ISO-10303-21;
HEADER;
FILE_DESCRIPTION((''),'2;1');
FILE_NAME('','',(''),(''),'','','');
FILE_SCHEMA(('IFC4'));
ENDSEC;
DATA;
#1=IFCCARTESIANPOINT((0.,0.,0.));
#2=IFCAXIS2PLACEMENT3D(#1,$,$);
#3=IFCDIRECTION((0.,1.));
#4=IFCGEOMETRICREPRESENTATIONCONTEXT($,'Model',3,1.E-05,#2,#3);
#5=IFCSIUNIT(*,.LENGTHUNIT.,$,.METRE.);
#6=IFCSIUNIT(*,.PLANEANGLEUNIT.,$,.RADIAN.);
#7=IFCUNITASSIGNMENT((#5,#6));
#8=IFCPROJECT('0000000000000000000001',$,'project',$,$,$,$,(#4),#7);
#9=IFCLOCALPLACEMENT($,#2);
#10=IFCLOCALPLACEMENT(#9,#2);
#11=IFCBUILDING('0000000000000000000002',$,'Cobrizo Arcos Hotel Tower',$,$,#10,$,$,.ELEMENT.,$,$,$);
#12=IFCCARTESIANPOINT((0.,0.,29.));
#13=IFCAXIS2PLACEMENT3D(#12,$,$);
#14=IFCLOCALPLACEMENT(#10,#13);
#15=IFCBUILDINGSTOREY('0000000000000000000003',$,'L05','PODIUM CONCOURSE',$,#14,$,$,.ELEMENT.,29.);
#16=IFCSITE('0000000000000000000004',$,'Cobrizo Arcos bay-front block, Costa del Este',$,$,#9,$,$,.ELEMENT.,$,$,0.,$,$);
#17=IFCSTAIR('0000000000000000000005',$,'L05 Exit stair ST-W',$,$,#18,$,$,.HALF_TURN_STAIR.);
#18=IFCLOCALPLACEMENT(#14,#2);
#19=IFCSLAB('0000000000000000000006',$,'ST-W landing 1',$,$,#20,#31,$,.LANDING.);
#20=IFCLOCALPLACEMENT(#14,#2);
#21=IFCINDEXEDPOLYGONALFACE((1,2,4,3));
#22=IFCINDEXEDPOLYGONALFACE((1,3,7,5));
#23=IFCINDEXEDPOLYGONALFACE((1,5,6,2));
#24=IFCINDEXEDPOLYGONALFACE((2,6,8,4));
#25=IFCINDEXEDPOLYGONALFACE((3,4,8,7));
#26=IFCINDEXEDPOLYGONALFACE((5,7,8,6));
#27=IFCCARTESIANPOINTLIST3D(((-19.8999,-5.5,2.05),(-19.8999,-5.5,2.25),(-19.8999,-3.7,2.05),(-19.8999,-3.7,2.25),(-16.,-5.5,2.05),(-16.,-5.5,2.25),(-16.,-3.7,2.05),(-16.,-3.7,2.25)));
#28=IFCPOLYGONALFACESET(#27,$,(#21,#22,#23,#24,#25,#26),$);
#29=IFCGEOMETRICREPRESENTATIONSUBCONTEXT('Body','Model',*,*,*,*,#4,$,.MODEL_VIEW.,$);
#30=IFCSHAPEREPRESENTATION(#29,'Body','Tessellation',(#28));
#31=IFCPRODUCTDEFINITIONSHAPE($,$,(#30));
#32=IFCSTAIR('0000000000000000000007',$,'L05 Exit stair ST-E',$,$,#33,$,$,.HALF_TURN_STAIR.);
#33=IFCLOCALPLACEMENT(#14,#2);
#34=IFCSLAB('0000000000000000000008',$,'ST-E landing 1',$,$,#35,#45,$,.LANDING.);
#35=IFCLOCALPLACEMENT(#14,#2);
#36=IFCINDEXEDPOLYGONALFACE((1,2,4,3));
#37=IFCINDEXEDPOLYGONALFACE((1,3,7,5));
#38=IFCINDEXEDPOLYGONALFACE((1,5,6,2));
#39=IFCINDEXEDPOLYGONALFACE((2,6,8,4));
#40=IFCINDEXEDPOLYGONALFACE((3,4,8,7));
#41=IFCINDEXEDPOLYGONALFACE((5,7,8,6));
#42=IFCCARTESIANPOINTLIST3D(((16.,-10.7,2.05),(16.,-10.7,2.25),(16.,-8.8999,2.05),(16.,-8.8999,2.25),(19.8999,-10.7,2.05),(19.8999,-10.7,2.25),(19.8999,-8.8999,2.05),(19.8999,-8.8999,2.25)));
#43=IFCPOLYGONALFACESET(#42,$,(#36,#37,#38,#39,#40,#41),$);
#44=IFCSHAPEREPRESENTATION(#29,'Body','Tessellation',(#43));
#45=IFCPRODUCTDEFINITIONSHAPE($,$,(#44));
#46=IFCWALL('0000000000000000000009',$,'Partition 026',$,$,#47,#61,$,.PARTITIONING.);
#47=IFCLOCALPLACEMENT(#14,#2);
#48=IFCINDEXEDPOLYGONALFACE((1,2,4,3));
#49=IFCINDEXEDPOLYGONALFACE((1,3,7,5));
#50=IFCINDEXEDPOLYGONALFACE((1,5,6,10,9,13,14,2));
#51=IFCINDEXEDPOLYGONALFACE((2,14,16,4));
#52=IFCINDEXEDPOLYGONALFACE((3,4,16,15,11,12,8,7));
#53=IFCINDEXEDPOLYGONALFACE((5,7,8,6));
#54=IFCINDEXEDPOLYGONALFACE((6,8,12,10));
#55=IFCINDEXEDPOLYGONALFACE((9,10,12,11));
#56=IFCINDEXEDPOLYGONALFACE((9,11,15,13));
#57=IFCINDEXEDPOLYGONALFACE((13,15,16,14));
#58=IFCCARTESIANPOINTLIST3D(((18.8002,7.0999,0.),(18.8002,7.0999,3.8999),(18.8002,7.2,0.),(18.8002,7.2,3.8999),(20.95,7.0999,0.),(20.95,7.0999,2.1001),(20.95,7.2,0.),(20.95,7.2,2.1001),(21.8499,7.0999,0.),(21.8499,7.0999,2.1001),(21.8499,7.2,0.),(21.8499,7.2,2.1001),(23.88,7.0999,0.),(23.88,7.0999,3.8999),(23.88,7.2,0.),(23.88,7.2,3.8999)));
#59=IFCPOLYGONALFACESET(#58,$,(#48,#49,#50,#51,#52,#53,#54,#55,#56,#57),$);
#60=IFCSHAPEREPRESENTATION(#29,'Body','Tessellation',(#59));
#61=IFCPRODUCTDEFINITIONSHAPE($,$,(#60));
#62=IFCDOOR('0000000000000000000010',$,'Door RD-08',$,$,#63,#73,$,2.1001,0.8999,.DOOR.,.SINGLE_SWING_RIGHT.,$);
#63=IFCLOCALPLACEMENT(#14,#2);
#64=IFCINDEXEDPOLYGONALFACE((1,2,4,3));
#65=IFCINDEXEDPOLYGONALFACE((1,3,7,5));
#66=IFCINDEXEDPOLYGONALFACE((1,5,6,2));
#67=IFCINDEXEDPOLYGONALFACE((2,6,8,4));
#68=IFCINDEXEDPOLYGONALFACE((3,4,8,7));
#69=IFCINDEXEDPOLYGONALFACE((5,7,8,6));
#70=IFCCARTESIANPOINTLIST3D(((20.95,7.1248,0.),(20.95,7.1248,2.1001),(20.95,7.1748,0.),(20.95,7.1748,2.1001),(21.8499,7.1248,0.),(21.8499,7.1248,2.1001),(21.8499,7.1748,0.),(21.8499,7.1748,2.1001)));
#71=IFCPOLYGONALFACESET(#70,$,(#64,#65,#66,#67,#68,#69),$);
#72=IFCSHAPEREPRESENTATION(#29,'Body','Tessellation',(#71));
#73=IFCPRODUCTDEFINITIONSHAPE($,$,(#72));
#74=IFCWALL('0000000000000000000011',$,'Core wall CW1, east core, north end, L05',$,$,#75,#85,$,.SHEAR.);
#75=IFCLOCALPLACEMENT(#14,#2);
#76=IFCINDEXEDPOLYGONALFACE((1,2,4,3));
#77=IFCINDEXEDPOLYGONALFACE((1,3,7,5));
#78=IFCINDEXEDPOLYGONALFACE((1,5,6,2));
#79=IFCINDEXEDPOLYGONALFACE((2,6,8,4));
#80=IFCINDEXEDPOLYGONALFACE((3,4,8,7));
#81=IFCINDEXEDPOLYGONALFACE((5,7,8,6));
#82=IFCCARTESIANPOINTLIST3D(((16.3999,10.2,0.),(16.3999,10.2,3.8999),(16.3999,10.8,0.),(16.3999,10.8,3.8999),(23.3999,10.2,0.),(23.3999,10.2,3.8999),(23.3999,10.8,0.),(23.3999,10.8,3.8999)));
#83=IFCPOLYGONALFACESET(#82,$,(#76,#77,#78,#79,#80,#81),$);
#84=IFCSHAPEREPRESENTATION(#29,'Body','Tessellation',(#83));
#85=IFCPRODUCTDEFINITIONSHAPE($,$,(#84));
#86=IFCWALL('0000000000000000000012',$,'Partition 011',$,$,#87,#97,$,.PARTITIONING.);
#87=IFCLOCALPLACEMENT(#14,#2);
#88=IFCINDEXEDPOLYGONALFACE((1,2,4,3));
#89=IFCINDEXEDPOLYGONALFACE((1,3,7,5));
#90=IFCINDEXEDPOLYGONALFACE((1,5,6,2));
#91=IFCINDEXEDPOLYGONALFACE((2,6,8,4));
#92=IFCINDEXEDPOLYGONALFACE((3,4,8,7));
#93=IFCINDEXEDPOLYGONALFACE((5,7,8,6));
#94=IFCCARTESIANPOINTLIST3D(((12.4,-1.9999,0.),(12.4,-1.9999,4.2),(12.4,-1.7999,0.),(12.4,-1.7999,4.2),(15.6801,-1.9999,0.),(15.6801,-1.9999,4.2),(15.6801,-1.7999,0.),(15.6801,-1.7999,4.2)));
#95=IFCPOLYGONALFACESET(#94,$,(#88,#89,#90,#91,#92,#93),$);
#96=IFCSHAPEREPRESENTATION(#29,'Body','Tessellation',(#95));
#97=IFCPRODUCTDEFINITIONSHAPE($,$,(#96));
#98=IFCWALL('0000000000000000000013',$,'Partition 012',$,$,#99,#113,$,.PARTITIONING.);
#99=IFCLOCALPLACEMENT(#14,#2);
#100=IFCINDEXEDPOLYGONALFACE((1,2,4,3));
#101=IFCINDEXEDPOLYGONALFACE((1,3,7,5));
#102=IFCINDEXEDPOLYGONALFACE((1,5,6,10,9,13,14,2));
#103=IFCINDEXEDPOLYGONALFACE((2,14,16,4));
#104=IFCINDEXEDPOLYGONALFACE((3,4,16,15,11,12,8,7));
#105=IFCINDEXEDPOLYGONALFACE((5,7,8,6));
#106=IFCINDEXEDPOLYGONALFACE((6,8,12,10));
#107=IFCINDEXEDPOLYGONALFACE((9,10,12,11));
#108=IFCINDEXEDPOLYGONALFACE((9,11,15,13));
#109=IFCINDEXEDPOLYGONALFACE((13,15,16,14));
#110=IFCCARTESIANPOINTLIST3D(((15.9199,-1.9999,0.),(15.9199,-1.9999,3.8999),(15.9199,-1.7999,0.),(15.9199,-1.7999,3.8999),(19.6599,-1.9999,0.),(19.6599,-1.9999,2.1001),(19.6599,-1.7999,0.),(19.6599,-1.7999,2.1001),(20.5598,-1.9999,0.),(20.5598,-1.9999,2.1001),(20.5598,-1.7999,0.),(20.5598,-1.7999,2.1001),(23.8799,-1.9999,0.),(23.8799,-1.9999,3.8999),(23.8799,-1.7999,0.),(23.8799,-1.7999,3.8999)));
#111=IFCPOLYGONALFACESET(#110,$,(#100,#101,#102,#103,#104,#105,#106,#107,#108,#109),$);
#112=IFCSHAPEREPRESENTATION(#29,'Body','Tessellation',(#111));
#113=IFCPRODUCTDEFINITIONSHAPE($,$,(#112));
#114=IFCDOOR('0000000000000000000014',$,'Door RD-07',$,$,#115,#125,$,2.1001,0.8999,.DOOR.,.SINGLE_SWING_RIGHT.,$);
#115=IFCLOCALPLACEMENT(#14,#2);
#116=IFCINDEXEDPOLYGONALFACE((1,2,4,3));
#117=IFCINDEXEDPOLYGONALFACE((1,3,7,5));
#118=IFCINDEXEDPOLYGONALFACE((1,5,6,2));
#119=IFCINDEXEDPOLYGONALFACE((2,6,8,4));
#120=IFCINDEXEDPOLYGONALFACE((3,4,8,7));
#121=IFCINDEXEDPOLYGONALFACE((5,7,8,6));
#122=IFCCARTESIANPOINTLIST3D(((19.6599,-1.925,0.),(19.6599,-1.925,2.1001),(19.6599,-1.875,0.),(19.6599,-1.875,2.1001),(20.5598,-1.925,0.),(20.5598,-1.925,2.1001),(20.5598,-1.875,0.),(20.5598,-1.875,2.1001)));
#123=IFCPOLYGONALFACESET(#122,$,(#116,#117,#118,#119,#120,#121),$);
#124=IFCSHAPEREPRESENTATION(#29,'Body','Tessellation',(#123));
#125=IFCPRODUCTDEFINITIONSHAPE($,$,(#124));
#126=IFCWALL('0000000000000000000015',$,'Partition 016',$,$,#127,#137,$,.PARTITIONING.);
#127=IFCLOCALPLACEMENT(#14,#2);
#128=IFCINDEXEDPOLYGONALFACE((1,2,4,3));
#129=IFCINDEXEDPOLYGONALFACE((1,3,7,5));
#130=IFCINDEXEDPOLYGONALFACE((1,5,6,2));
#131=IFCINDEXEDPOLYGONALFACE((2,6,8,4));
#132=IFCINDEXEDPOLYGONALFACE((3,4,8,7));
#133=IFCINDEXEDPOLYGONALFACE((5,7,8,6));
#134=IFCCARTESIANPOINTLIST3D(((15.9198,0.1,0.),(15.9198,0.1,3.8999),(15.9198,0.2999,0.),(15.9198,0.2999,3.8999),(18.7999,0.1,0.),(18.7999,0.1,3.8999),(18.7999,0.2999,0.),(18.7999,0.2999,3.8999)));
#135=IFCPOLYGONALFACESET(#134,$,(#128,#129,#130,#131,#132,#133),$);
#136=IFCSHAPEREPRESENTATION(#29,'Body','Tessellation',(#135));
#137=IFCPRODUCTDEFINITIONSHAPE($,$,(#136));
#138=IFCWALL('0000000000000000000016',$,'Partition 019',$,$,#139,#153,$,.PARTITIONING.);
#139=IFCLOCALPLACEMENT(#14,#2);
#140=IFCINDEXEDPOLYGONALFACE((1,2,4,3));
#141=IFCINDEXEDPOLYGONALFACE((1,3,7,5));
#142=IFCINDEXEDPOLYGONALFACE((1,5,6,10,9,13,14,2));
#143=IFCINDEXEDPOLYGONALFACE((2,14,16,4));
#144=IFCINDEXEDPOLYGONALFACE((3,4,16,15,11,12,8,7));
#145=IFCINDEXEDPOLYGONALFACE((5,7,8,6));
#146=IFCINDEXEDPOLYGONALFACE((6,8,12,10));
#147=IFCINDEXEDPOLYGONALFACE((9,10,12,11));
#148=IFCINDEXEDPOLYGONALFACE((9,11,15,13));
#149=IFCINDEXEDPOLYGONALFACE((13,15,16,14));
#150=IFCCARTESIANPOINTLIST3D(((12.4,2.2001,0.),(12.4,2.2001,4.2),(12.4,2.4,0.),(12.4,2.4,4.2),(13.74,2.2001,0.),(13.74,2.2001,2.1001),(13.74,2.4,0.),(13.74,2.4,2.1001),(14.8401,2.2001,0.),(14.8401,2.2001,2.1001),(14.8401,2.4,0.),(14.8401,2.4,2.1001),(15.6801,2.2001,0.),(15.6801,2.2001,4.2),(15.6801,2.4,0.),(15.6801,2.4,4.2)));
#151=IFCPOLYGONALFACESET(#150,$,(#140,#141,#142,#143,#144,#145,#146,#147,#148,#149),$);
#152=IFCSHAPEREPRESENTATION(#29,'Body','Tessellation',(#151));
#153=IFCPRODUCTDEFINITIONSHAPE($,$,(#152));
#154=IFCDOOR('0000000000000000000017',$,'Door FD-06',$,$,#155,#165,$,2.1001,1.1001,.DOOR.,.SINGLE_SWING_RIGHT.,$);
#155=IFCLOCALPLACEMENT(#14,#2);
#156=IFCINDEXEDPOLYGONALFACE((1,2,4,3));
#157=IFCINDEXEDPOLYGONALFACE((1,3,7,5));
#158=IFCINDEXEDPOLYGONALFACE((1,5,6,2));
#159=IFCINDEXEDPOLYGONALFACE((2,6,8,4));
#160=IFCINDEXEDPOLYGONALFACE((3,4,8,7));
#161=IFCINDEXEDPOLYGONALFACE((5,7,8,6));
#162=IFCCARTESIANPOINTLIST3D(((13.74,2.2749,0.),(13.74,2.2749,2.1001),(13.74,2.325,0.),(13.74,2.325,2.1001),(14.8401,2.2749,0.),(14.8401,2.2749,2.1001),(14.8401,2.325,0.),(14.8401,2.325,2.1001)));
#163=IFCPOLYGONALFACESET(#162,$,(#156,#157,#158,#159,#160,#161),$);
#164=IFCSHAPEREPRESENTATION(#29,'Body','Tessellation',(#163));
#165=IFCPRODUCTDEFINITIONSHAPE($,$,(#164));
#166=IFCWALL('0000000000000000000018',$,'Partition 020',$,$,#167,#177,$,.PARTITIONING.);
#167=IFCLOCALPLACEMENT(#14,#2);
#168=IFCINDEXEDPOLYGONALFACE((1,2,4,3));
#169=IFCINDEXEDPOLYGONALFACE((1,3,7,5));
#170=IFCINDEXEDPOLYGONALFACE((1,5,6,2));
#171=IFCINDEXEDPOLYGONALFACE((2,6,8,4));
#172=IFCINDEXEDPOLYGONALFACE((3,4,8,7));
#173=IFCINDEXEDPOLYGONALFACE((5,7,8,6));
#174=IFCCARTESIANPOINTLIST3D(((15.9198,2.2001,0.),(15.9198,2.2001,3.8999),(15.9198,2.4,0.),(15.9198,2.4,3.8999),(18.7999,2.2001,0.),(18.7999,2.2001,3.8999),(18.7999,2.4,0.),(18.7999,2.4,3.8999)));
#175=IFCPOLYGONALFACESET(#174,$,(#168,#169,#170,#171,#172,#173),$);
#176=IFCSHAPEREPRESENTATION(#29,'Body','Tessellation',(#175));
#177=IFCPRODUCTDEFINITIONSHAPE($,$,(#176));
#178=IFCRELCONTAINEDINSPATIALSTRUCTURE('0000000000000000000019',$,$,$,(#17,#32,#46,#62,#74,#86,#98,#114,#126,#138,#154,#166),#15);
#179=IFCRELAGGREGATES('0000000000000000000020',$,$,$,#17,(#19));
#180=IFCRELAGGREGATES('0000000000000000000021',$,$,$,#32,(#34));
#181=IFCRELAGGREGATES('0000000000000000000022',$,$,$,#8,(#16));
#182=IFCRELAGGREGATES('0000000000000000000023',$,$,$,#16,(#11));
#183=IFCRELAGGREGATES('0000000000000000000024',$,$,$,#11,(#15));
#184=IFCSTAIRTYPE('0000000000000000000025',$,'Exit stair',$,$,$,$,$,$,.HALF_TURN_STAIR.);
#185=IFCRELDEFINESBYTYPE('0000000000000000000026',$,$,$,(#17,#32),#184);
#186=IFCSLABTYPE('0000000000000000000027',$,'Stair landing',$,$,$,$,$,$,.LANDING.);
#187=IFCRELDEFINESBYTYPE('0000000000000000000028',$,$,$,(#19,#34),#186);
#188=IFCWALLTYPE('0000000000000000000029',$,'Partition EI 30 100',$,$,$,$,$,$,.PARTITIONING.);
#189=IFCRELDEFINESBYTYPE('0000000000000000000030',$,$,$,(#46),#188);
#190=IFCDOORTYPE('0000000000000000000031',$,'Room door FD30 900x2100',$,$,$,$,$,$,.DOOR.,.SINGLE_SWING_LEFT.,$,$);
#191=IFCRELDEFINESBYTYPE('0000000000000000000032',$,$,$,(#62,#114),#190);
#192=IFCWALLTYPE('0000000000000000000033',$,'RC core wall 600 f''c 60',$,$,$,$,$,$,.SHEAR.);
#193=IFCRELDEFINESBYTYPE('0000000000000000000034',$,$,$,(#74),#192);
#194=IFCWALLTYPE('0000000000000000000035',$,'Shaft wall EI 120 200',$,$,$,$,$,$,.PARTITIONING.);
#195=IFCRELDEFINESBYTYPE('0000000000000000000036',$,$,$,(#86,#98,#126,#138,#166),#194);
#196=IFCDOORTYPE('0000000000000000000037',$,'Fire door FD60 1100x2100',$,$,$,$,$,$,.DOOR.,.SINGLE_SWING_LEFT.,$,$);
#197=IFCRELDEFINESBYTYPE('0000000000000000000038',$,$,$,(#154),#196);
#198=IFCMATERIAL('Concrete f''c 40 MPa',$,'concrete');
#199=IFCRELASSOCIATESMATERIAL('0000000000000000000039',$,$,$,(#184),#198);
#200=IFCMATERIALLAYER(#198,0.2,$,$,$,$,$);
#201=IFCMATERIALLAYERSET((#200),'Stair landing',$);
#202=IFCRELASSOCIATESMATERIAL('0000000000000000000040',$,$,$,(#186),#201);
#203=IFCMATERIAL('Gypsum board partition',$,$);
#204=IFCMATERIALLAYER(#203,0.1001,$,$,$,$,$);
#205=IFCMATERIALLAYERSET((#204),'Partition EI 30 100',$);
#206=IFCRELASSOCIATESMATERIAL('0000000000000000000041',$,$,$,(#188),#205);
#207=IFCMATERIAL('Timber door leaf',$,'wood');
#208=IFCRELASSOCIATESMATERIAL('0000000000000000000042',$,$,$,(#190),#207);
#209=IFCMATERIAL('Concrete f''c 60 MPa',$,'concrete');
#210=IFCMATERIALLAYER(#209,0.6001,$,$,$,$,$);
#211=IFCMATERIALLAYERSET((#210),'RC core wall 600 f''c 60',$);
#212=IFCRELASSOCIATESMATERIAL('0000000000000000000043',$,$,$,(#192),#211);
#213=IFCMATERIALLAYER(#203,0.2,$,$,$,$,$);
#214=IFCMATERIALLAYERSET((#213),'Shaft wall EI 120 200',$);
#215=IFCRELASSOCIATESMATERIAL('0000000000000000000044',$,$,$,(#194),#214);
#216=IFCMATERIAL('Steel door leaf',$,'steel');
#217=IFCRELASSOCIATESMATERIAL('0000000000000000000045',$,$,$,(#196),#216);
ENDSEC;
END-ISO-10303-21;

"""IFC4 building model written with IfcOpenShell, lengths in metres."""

from ifc_helpers import new_model, si_unit, direction, frame, frame_2d, origin, place, context, subcontext, project, spatial, polyline, rectangle, outline, extrude, material, layer, layer_set, type_object, element, fill, aggregate, save


model = new_model("IFC4")

# Units and contexts
model_context = context("Model", 3, precision=1e-05, world=origin(), true_north=direction((0.0, 1.0)))
body_context = subcontext(model_context, "Body", "Model", "MODEL_VIEW")
ifc_project = project(units=[si_unit("LENGTHUNIT", "METRE"), si_unit("PLANEANGLEUNIT", "RADIAN")], contexts=[model_context])

# Site, building, storey
site_placement = place(None, origin())
site = spatial("IfcSite", under=ifc_project, at=site_placement, Name="Cobrizo Arcos bay-front block, Costa del Este", CompositionType="ELEMENT", RefElevation=0.0)
building_placement = place(site_placement, origin())
building = spatial("IfcBuilding", under=site, at=building_placement, Name="Cobrizo Arcos Hotel Tower", CompositionType="ELEMENT")
storey_placement = place(building_placement, frame((0.0, 0.0, 29.0)))
storey = spatial("IfcBuildingStorey", under=building, at=storey_placement, Name="L05", Description="PODIUM CONCOURSE", CompositionType="ELEMENT", Elevation=29.0)

# Stairs, slabs
ifc_material_1 = material(Name="Concrete f'c 40 MPa", Category="concrete")
stair_type = type_object("IfcStairType", Name="Exit stair", PredefinedType="HALF_TURN_STAIR", material=ifc_material_1)
stair_1_placement = place(storey_placement, origin())
stair_1 = element("IfcStair", 1, at=stair_1_placement, inside=storey, type_object=stair_type, Name="L05 Exit stair ST-W", PredefinedType="HALF_TURN_STAIR")
ifc_layer_1 = layer(ifc_material_1, 0.2)
ifc_layer_set_1 = layer_set([ifc_layer_1], Name="Stair landing")
slab_type = type_object("IfcSlabType", Name="Stair landing", PredefinedType="LANDING", material=ifc_layer_set_1)
slab_1_placement = place(storey_placement, frame((0.0, 0.0, 2.05)))
slab_1 = element("IfcSlab", 2, at=slab_1_placement, type_object=slab_type, Name="ST-W landing 1", PredefinedType="LANDING", context=body_context, shape_type="SweptSolid", body=[
    extrude(outline(polyline([(-16.0, -5.5), (-16.0, -3.7), (-19.8999, -3.7), (-19.8999, -5.5), (-16.0, -5.5)])), origin(), (0.0, 0.0, 1.0), 0.2),
])
aggregate(stair_1, [slab_1])
stair_2_placement = place(storey_placement, origin())
stair_2 = element("IfcStair", 3, at=stair_2_placement, inside=storey, type_object=stair_type, Name="L05 Exit stair ST-E", PredefinedType="HALF_TURN_STAIR")
slab_2_placement = place(storey_placement, frame((0.0, 0.0, 2.05)))
slab_2 = element("IfcSlab", 4, at=slab_2_placement, type_object=slab_type, Name="ST-E landing 1", PredefinedType="LANDING", context=body_context, shape_type="SweptSolid", body=[
    extrude(outline(polyline([(16.0, -8.8999), (16.0, -10.7), (19.8999, -10.7), (19.8999, -8.8999), (16.0, -8.8999)])), origin(), (0.0, 0.0, 1.0), 0.2),
])
aggregate(stair_2, [slab_2])

# Wall, opening, door
ifc_material_2 = material(Name="Gypsum board partition")
ifc_layer_2 = layer(ifc_material_2, 0.1001)
ifc_layer_set_2 = layer_set([ifc_layer_2], Name="Partition EI 30 100")
wall_type_1 = type_object("IfcWallType", Name="Partition EI 30 100", PredefinedType="PARTITIONING", material=ifc_layer_set_2)
wall_1_placement = place(storey_placement, frame((18.8, 7.1499, 0.0), z_axis=(0.0, 0.0, 1.0), x_axis=(1.0, 0.0, 0.0)))
wall_1 = element("IfcWall", 5, at=wall_1_placement, inside=storey, type_object=wall_type_1, Name="Partition 026", PredefinedType="PARTITIONING", context=body_context, shape_type="SweptSolid", body=[
    extrude(rectangle(XDim=5.0798, YDim=0.1001, at=frame_2d((2.54, 0.0))), origin(), (0.0, 0.0, 1.0), 3.8999),
])
opening_1_placement = place(wall_1_placement, frame((2.1499, 0.0, 0.0)))
opening_1 = element("IfcOpeningElement", 6, at=opening_1_placement, cuts=wall_1, PredefinedType="OPENING", context=body_context, shape_type="SweptSolid", body=[
    extrude(rectangle(XDim=0.8999, YDim=2.1001, at=frame_2d((0.45, 1.05))), frame((0.0, 0.062, 0.0), z_axis=(0.0, -1.0, 0.0), x_axis=(1.0, 0.0, 0.0)), (0.0, 0.0, 1.0), 0.124),
])
ifc_material_3 = material(Name="Timber door leaf", Category="wood")
door_type_1 = type_object("IfcDoorType", Name="Room door FD30 900x2100", OperationType="SINGLE_SWING_LEFT", PredefinedType="DOOR", material=ifc_material_3)
door_1_placement = place(opening_1_placement, origin())
door_1 = element("IfcDoor", 7, at=door_1_placement, inside=storey, type_object=door_type_1, Name="Door RD-08", OperationType="SINGLE_SWING_RIGHT", OverallHeight=2.1001, OverallWidth=0.8999, PredefinedType="DOOR", context=body_context, shape_type="SweptSolid", body=[
    extrude(rectangle(XDim=0.8999, YDim=2.1001, at=frame_2d((0.45, 1.05))), frame((0.0, 0.0249, 0.0), z_axis=(0.0, -1.0, 0.0), x_axis=(1.0, 0.0, 0.0)), (0.0, 0.0, 1.0), 0.05),
])
fill(opening_1, door_1)

# Walls
ifc_material_4 = material(Name="Concrete f'c 60 MPa", Category="concrete")
ifc_layer_3 = layer(ifc_material_4, 0.6001)
ifc_layer_set_3 = layer_set([ifc_layer_3], Name="RC core wall 600 f'c 60")
wall_type_2 = type_object("IfcWallType", Name="RC core wall 600 f'c 60", PredefinedType="SHEAR", material=ifc_layer_set_3)
wall_2_placement = place(storey_placement, frame((16.3999, 10.5, 0.0), z_axis=(0.0, 0.0, 1.0), x_axis=(1.0, 0.0, 0.0)))
element("IfcWall", 8, at=wall_2_placement, inside=storey, type_object=wall_type_2, Name="Core wall CW1, east core, north end, L05", PredefinedType="SHEAR", context=body_context, shape_type="SweptSolid", body=[
    extrude(rectangle(XDim=7.0, YDim=0.6001, at=frame_2d((3.5, 0.0))), origin(), (0.0, 0.0, 1.0), 3.8999),
])
ifc_layer_4 = layer(ifc_material_2, 0.2)
ifc_layer_set_4 = layer_set([ifc_layer_4], Name="Shaft wall EI 120 200")
wall_type_3 = type_object("IfcWallType", Name="Shaft wall EI 120 200", PredefinedType="PARTITIONING", material=ifc_layer_set_4)
wall_3_placement = place(storey_placement, frame((12.3999, -1.8999, 0.0), z_axis=(0.0, 0.0, 1.0), x_axis=(1.0, 0.0, 0.0)))
element("IfcWall", 9, at=wall_3_placement, inside=storey, type_object=wall_type_3, Name="Partition 011", PredefinedType="PARTITIONING", context=body_context, shape_type="SweptSolid", body=[
    extrude(rectangle(XDim=3.28, YDim=0.2, at=frame_2d((1.6401, 0.0))), origin(), (0.0, 0.0, 1.0), 4.2),
])

# Wall, opening, door
wall_4_placement = place(storey_placement, frame((15.9199, -1.8999, 0.0), z_axis=(0.0, 0.0, 1.0), x_axis=(1.0, 0.0, 0.0)))
wall_4 = element("IfcWall", 10, at=wall_4_placement, inside=storey, type_object=wall_type_3, Name="Partition 012", PredefinedType="PARTITIONING", context=body_context, shape_type="SweptSolid", body=[
    extrude(rectangle(XDim=7.96, YDim=0.2, at=frame_2d((3.98, 0.0))), origin(), (0.0, 0.0, 1.0), 3.8999),
])
opening_2_placement = place(wall_4_placement, frame((3.74, 0.0, 0.0)))
opening_2 = element("IfcOpeningElement", 11, at=opening_2_placement, cuts=wall_4, PredefinedType="OPENING", context=body_context, shape_type="SweptSolid", body=[
    extrude(rectangle(XDim=0.8999, YDim=2.1001, at=frame_2d((0.45, 1.05))), frame((0.0, 0.1121, 0.0), z_axis=(0.0, -1.0, 0.0), x_axis=(1.0, 0.0, 0.0)), (0.0, 0.0, 1.0), 0.2239),
])
door_2_placement = place(opening_2_placement, origin())
door_2 = element("IfcDoor", 12, at=door_2_placement, inside=storey, type_object=door_type_1, Name="Door RD-07", OperationType="SINGLE_SWING_RIGHT", OverallHeight=2.1001, OverallWidth=0.8999, PredefinedType="DOOR", context=body_context, shape_type="SweptSolid", body=[
    extrude(rectangle(XDim=0.8999, YDim=2.1001, at=frame_2d((0.45, 1.05))), frame((0.0, 0.0249, 0.0), z_axis=(0.0, -1.0, 0.0), x_axis=(1.0, 0.0, 0.0)), (0.0, 0.0, 1.0), 0.05),
])
fill(opening_2, door_2)

# Wall
wall_5_placement = place(storey_placement, frame((15.9199, 0.2, 0.0), z_axis=(0.0, 0.0, 1.0), x_axis=(1.0, 0.0, 0.0)))
element("IfcWall", 13, at=wall_5_placement, inside=storey, type_object=wall_type_3, Name="Partition 016", PredefinedType="PARTITIONING", context=body_context, shape_type="SweptSolid", body=[
    extrude(rectangle(XDim=2.8801, YDim=0.2, at=frame_2d((1.4399, 0.0))), origin(), (0.0, 0.0, 1.0), 3.8999),
])

# Wall, opening, door
wall_6_placement = place(storey_placement, frame((12.3999, 2.3, 0.0), z_axis=(0.0, 0.0, 1.0), x_axis=(1.0, 0.0, 0.0)))
wall_6 = element("IfcWall", 14, at=wall_6_placement, inside=storey, type_object=wall_type_3, Name="Partition 019", PredefinedType="PARTITIONING", context=body_context, shape_type="SweptSolid", body=[
    extrude(rectangle(XDim=3.28, YDim=0.2, at=frame_2d((1.6401, 0.0))), origin(), (0.0, 0.0, 1.0), 4.2),
])
opening_3_placement = place(wall_6_placement, frame((1.3401, 0.0, 0.0)))
opening_3 = element("IfcOpeningElement", 15, at=opening_3_placement, cuts=wall_6, PredefinedType="OPENING", context=body_context, shape_type="SweptSolid", body=[
    extrude(rectangle(XDim=1.1001, YDim=2.1001, at=frame_2d((0.55, 1.05))), frame((0.0, 0.1121, 0.0), z_axis=(0.0, -1.0, 0.0), x_axis=(1.0, 0.0, 0.0)), (0.0, 0.0, 1.0), 0.2239),
])
ifc_material_5 = material(Name="Steel door leaf", Category="steel")
door_type_2 = type_object("IfcDoorType", Name="Fire door FD60 1100x2100", OperationType="SINGLE_SWING_LEFT", PredefinedType="DOOR", material=ifc_material_5)
door_3_placement = place(opening_3_placement, origin())
door_3 = element("IfcDoor", 16, at=door_3_placement, inside=storey, type_object=door_type_2, Name="Door FD-06", OperationType="SINGLE_SWING_RIGHT", OverallHeight=2.1001, OverallWidth=1.1001, PredefinedType="DOOR", context=body_context, shape_type="SweptSolid", body=[
    extrude(rectangle(XDim=1.1001, YDim=2.1001, at=frame_2d((0.55, 1.05))), frame((0.0, 0.0249, 0.0), z_axis=(0.0, -1.0, 0.0), x_axis=(1.0, 0.0, 0.0)), (0.0, 0.0, 1.0), 0.05),
])
fill(opening_3, door_3)

# Wall
for number, where, z_axis, x_axis, name in (
    (17, (15.9199, 2.3, 0.0), (0.0, 0.0, 1.0), (1.0, 0.0, 0.0), "Partition 020"),
):
    element("IfcWall", number, at=place(storey_placement, frame(where, z_axis=z_axis, x_axis=x_axis)), inside=storey, type_object=wall_type_3, Name=name, PredefinedType="PARTITIONING", context=body_context, shape_type="SweptSolid", body=[
        extrude(rectangle(XDim=2.8801, YDim=0.2, at=frame_2d((1.4399, 0.0))), origin(), (0.0, 0.0, 1.0), 3.8999),
    ])

save(model, "model.ifc")
